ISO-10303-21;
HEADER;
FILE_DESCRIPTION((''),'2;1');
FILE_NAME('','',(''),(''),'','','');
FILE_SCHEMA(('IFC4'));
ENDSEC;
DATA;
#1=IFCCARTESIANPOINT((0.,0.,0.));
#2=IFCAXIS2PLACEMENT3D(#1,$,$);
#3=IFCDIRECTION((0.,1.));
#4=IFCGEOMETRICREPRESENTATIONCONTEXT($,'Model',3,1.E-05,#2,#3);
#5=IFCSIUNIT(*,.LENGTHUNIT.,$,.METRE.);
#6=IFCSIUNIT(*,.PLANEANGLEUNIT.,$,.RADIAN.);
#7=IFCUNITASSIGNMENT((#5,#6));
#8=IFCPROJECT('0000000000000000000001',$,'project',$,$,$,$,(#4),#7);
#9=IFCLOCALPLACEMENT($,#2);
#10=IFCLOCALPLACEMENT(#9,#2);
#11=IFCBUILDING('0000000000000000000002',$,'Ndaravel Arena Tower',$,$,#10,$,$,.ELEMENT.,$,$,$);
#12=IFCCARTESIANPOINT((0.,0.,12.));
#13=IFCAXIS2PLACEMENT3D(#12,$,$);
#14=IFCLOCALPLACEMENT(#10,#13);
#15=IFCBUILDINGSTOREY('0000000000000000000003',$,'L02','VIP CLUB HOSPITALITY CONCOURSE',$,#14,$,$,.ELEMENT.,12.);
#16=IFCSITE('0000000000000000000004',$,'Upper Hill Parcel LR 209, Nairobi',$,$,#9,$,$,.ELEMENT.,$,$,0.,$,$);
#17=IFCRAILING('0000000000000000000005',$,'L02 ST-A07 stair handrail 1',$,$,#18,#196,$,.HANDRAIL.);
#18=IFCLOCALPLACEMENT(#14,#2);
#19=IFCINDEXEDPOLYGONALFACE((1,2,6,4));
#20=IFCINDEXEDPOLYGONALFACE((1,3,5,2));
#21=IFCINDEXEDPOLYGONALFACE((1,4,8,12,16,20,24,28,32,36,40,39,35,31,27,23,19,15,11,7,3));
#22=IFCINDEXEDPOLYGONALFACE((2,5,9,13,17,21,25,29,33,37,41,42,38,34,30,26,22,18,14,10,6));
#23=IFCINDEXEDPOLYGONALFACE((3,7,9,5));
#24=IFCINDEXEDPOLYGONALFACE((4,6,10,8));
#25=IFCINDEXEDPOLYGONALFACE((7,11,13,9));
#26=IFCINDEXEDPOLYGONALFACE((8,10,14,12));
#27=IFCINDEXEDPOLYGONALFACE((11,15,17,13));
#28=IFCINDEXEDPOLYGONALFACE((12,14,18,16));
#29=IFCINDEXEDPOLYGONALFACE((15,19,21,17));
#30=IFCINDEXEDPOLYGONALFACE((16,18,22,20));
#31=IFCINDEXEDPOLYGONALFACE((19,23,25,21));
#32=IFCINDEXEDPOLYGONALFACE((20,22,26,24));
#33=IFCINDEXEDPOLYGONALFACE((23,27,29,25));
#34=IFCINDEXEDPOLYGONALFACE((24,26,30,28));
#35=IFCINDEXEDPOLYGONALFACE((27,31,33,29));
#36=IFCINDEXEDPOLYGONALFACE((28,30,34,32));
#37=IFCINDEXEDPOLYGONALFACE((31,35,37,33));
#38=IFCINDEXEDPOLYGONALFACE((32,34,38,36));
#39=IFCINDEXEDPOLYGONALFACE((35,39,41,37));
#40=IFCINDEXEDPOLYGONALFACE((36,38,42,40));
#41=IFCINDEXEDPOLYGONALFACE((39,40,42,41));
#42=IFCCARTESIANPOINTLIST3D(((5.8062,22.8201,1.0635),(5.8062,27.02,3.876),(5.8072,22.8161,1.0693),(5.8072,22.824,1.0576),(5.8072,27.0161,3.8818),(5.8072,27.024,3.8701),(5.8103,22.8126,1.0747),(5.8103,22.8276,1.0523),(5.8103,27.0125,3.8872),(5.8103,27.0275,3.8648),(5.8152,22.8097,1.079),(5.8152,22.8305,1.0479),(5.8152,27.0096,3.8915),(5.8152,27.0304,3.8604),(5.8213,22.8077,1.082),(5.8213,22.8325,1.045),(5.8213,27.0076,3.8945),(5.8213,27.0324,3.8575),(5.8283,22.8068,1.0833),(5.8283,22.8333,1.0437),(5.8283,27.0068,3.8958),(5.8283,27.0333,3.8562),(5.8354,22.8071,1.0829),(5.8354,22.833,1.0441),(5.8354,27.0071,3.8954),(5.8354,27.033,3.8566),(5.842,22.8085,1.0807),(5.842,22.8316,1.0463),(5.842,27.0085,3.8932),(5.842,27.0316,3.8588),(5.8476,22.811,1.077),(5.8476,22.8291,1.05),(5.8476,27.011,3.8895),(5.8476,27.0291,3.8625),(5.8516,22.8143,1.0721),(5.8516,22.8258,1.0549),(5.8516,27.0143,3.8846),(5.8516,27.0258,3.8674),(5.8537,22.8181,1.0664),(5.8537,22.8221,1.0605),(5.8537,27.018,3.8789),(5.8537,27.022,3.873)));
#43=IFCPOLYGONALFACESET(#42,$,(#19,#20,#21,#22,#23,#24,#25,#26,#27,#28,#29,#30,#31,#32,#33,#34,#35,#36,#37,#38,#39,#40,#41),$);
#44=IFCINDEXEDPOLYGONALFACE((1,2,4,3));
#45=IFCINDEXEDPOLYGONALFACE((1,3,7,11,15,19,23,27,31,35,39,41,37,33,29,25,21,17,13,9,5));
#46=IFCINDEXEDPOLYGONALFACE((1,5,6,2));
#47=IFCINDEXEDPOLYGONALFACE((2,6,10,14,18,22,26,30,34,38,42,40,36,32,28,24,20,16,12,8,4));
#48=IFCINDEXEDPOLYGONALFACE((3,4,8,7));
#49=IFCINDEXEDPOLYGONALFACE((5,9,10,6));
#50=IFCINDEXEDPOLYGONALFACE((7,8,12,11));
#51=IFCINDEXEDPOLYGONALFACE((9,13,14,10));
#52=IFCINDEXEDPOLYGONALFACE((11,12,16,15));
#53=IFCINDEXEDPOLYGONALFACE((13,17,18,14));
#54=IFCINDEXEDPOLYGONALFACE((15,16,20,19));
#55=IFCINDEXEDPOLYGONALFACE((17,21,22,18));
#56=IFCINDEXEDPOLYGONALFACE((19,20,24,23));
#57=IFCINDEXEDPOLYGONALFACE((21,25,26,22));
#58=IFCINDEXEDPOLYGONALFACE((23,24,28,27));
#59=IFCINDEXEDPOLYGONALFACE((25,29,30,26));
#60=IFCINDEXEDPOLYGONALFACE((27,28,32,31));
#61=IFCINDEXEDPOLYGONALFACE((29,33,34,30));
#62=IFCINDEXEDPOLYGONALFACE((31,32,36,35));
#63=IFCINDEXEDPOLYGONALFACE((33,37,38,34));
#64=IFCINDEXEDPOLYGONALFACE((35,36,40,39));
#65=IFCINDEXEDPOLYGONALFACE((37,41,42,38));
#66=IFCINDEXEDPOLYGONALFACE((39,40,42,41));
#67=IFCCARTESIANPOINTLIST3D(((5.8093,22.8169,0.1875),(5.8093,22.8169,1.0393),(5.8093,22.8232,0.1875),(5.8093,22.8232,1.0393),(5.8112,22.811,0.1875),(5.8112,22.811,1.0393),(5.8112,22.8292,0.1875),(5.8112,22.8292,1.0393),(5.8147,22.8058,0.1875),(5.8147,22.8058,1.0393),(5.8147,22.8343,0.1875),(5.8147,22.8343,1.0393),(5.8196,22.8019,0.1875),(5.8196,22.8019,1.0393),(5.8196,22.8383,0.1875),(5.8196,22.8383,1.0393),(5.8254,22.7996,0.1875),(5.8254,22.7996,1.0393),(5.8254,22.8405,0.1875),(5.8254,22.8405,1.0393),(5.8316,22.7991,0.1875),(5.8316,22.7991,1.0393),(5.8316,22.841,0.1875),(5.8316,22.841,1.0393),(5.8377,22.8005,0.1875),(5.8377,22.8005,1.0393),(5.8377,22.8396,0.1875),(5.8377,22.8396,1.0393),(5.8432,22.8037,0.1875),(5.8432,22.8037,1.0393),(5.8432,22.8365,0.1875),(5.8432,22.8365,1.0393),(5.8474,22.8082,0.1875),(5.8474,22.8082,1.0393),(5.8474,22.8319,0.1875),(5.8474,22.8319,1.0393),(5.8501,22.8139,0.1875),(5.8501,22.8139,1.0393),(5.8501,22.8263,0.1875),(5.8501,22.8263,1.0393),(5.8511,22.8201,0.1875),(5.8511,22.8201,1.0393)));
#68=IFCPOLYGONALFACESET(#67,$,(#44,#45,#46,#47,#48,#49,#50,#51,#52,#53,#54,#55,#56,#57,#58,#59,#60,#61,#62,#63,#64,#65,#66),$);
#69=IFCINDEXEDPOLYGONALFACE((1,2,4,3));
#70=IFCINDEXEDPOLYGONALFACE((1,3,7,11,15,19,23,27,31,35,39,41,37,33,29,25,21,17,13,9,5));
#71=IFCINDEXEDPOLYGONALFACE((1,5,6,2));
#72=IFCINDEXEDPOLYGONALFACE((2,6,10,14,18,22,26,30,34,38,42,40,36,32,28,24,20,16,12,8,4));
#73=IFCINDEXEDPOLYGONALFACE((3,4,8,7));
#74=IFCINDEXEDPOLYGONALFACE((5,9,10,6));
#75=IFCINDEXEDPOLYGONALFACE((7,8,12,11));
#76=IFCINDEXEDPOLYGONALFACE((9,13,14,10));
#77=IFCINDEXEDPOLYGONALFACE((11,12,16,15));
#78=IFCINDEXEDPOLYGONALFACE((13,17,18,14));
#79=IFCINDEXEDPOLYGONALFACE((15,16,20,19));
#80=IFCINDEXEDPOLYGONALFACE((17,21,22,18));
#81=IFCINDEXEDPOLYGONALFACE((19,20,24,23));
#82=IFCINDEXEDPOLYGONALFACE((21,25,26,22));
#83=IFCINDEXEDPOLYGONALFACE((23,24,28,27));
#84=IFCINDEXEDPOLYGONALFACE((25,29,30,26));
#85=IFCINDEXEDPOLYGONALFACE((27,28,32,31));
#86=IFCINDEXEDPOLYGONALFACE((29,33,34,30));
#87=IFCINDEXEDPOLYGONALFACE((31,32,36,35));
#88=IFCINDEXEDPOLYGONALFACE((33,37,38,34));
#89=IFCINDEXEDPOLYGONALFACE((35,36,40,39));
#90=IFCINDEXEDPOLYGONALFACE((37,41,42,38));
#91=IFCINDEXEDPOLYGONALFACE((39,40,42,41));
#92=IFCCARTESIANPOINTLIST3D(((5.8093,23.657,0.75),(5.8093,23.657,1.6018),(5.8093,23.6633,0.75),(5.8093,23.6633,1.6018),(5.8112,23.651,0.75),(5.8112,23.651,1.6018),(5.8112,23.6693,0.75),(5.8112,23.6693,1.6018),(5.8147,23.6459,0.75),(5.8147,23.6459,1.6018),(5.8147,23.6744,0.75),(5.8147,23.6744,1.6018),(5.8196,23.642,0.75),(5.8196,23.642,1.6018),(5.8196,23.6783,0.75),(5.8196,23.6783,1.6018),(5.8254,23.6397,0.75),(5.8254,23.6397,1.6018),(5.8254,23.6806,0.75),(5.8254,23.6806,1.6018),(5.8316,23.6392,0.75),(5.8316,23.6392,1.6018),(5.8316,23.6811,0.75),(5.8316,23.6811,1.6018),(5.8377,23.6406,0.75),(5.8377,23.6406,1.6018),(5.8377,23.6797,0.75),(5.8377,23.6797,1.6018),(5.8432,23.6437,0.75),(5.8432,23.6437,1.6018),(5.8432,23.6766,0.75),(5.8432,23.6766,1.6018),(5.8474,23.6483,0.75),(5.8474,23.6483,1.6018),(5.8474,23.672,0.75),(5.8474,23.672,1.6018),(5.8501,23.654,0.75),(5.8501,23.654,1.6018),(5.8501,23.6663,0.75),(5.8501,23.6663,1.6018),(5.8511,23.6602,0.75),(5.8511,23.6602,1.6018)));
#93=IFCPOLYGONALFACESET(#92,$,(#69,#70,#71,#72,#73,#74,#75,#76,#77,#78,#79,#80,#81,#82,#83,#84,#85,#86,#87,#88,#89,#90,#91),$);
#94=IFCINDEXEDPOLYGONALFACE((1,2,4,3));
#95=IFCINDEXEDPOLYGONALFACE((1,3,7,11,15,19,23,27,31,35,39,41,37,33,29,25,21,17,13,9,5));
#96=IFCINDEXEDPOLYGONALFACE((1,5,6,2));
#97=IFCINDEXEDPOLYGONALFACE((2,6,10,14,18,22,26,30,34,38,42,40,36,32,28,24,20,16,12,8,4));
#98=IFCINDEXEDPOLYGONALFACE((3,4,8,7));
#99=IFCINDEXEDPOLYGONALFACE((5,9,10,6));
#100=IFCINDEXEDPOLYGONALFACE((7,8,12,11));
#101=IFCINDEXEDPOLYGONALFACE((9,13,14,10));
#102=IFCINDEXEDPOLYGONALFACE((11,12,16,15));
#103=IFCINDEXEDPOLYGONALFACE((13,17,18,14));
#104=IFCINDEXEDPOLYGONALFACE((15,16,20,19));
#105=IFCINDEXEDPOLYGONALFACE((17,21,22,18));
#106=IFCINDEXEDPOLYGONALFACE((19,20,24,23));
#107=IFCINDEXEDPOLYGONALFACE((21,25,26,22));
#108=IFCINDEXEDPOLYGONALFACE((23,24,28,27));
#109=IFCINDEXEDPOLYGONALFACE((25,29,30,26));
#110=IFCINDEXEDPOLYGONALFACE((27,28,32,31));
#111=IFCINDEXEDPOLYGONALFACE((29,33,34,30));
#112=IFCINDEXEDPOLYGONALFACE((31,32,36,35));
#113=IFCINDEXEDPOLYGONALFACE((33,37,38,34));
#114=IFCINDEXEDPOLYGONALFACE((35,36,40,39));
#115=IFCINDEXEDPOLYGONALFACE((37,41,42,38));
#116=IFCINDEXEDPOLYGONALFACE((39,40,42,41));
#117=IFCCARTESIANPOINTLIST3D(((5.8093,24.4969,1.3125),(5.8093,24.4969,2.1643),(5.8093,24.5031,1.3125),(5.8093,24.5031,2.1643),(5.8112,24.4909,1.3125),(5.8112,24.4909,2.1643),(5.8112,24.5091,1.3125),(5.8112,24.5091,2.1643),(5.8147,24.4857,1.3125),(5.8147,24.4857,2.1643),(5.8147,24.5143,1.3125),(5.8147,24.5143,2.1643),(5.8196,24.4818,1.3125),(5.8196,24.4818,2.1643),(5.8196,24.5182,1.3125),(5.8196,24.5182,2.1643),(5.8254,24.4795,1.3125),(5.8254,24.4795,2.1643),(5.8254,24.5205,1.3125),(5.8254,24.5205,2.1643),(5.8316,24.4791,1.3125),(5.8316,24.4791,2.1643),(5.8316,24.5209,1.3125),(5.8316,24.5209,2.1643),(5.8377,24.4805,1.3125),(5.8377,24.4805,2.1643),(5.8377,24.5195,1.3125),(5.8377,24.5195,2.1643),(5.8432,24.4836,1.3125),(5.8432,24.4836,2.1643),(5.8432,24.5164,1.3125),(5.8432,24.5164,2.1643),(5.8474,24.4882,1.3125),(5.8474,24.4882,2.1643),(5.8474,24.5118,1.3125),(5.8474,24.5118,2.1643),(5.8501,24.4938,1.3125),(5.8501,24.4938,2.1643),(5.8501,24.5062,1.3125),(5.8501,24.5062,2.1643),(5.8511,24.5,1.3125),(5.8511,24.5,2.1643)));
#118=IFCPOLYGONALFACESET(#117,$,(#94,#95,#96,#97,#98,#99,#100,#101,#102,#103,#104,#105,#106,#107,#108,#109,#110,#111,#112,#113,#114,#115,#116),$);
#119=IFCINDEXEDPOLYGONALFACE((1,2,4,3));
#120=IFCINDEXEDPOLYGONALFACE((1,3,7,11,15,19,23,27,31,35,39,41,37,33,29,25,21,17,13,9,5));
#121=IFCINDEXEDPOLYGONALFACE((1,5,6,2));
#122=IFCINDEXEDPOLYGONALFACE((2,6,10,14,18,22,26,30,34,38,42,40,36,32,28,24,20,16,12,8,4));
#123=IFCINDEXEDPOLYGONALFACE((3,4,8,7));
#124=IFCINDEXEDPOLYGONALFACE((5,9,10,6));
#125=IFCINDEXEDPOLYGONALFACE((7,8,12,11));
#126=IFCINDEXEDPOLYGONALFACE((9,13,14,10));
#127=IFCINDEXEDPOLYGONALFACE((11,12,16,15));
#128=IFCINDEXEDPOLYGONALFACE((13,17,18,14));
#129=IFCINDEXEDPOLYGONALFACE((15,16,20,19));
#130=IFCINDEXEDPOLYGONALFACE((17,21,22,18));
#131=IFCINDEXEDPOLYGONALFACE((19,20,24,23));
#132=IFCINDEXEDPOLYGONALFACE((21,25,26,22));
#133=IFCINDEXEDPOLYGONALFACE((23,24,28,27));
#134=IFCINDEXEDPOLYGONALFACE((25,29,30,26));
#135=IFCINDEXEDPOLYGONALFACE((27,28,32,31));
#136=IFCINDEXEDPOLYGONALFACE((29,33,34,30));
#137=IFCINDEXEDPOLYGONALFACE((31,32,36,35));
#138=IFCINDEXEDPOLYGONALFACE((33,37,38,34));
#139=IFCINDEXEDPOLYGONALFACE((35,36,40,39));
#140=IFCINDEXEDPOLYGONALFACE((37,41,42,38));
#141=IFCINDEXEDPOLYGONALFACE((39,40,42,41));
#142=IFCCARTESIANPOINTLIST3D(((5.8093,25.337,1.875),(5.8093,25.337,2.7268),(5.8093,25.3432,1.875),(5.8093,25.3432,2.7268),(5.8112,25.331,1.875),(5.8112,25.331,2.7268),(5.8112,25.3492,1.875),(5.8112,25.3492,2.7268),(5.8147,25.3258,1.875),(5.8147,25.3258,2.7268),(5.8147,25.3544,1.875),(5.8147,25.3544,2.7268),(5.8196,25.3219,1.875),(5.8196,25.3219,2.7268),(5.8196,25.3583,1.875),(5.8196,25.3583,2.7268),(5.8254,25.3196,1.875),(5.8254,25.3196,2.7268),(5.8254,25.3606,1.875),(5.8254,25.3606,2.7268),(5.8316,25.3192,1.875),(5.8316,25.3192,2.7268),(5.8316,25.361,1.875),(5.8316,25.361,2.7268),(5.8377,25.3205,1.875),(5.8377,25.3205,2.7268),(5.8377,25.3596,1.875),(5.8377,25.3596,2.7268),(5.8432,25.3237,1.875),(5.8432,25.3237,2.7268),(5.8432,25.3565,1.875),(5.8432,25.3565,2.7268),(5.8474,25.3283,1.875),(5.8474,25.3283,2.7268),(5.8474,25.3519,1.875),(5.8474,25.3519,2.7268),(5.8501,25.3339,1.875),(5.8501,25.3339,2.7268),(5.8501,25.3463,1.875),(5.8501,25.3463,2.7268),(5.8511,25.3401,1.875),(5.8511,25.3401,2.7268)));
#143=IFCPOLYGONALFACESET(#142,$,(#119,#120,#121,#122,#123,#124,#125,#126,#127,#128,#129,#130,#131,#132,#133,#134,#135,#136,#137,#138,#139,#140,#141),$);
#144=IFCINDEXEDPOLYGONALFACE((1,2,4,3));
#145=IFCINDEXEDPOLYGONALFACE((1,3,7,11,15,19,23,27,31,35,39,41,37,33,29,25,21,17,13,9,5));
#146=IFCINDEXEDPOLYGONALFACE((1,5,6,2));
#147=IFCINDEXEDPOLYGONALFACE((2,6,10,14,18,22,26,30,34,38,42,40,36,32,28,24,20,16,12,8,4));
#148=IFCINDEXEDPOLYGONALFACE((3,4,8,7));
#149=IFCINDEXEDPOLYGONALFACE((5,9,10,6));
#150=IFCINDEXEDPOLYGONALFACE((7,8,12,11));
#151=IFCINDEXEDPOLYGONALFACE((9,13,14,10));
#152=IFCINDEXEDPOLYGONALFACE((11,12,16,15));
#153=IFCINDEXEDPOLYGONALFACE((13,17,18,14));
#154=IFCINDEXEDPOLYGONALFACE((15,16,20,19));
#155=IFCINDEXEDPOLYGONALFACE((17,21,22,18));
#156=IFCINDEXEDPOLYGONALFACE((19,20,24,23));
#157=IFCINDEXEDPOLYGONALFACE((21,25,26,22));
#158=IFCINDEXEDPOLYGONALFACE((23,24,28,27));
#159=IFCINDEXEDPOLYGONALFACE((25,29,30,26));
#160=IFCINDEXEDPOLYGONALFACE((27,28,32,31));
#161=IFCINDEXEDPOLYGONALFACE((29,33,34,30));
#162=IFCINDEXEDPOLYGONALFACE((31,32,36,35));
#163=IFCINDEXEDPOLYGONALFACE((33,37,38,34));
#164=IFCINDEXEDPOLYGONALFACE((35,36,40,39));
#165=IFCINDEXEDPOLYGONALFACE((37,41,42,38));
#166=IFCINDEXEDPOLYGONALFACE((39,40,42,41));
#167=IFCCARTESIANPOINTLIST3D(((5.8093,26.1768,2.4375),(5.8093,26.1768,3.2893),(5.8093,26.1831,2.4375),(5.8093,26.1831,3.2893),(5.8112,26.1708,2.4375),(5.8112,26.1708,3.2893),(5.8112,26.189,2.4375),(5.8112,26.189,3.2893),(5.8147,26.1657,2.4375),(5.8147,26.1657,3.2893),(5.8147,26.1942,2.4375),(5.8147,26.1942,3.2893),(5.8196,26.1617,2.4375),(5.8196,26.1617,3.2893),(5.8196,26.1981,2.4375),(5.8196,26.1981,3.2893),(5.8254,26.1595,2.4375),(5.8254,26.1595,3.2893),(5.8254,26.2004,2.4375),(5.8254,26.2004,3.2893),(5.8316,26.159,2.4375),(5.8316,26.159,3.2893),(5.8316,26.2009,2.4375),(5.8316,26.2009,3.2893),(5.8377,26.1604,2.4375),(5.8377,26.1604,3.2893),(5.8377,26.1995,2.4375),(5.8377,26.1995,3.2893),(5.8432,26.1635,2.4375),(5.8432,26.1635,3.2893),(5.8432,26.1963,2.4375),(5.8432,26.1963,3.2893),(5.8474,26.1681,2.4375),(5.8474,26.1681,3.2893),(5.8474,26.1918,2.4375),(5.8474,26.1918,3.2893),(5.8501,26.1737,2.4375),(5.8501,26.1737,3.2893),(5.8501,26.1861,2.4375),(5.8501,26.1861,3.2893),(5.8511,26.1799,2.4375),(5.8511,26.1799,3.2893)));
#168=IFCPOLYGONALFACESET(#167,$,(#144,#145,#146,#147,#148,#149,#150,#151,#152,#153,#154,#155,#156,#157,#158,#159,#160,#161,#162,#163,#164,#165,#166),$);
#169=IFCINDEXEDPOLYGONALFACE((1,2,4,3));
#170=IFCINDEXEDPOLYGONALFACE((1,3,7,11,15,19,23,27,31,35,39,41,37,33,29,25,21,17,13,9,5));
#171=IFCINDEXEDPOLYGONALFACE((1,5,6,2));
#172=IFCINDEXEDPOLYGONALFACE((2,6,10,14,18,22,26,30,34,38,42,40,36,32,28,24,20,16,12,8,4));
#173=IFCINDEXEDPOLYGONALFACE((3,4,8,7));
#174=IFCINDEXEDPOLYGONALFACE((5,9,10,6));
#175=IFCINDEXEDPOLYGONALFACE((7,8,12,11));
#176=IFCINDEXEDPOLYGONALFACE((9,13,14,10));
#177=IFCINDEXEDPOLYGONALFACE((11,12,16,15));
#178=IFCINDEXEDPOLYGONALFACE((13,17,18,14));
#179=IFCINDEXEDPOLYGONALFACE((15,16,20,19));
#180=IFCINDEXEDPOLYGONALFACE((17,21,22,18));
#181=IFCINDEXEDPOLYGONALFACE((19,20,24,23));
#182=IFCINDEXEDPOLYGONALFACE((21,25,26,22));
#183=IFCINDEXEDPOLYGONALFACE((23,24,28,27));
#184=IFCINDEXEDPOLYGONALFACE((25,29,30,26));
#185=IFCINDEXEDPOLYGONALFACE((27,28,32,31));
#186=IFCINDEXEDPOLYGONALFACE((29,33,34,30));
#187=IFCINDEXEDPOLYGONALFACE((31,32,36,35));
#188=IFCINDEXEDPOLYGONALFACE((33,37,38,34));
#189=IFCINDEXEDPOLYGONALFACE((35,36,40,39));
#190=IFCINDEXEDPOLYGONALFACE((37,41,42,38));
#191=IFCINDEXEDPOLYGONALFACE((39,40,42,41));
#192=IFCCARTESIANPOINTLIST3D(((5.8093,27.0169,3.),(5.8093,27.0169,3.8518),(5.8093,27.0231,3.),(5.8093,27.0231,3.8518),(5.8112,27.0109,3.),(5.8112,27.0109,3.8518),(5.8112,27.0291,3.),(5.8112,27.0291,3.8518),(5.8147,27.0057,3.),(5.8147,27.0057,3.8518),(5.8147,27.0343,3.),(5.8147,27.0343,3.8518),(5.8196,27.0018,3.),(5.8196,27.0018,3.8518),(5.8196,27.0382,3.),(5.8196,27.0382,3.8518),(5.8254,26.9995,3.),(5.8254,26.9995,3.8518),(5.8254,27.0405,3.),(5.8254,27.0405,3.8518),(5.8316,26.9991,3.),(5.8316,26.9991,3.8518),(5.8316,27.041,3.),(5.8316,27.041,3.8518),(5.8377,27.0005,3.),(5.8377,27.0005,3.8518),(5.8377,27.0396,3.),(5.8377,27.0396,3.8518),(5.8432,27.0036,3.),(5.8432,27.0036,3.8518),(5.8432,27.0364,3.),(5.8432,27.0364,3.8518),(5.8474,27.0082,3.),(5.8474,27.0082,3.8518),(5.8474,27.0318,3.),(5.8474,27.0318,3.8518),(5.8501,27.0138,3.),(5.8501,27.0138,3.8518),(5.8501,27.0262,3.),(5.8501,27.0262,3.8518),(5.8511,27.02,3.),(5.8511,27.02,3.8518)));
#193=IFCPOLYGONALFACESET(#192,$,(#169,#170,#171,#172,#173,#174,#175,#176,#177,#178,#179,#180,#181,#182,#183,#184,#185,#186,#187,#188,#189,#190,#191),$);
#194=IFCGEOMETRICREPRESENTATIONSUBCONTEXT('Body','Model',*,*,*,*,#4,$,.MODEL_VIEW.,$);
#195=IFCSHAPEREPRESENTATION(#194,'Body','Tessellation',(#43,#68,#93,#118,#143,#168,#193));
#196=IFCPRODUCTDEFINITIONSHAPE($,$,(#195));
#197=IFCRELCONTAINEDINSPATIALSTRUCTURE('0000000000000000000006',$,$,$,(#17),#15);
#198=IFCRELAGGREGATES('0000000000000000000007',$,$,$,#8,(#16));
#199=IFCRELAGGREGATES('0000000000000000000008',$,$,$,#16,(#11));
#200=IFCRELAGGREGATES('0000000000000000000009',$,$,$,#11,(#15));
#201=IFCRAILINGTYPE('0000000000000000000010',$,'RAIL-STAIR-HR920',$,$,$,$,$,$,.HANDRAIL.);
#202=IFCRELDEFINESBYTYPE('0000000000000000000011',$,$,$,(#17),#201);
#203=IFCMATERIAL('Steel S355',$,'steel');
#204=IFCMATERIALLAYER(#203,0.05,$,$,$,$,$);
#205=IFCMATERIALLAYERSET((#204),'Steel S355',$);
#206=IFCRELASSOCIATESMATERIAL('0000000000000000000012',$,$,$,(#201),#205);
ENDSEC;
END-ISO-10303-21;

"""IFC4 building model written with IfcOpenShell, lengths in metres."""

from ifc_helpers import new_model, si_unit, direction, frame, origin, origin_2d, place, context, subcontext, project, spatial, circle, extrude, material, layer, layer_set, type_object, element, save


model = new_model("IFC4")

# Units and contexts
model_context = context("Model", 3, precision=1e-05, world=origin(), true_north=direction((0.0, 1.0)))
body_context = subcontext(model_context, "Body", "Model", "MODEL_VIEW")
ifc_project = project(units=[si_unit("LENGTHUNIT", "METRE"), si_unit("PLANEANGLEUNIT", "RADIAN")], contexts=[model_context])

# Site, building, storey
site_placement = place(None, origin())
site = spatial("IfcSite", under=ifc_project, at=site_placement, Name="Upper Hill Parcel LR 209, Nairobi", CompositionType="ELEMENT", RefElevation=0.0)
building_placement = place(site_placement, origin())
building = spatial("IfcBuilding", under=site, at=building_placement, Name="Ndaravel Arena Tower", CompositionType="ELEMENT")
storey_placement = place(building_placement, frame((0.0, 0.0, 12.0)))
storey = spatial("IfcBuildingStorey", under=building, at=storey_placement, Name="L02", Description="VIP CLUB HOSPITALITY CONCOURSE", CompositionType="ELEMENT", Elevation=12.0)

# Railing
ifc_material_1 = material(Name="Steel S355", Category="steel")
ifc_layer_1 = layer(ifc_material_1, 0.05)
ifc_layer_set_1 = layer_set([ifc_layer_1], Name="Steel S355")
railing_type_1 = type_object("IfcRailingType", Name="RAIL-STAIR-HR920", PredefinedType="HANDRAIL", material=ifc_layer_set_1)
railing_1_placement = place(storey_placement, frame((5.8301, 22.8201, 0.1875)))
element("IfcRailing", 1, at=railing_1_placement, inside=storey, type_object=railing_type_1, Name="L02 ST-A07 stair handrail 1", PredefinedType="HANDRAIL", context=body_context, shape_type="SweptSolid", body=[
    extrude(circle(Radius=0.0239, at=origin_2d()), frame((0.0, 0.0, 0.876), z_axis=(0.0, 0.830904, 0.556416), x_axis=(-1.0, 0.0, 0.0)), (0.0, 0.0, 1.0), 5.0547),
    extrude(circle(Radius=0.021, at=origin_2d()), origin(), (0.0, 0.0, 1.0), 0.8518),
    extrude(circle(Radius=0.021, at=origin_2d()), frame((0.0, 0.8401, 0.5625)), (0.0, 0.0, 1.0), 0.8518),
    extrude(circle(Radius=0.021, at=origin_2d()), frame((0.0, 1.6799, 1.125)), (0.0, 0.0, 1.0), 0.8518),
    extrude(circle(Radius=0.021, at=origin_2d()), frame((0.0, 2.52, 1.6875)), (0.0, 0.0, 1.0), 0.8518),
    extrude(circle(Radius=0.021, at=origin_2d()), frame((0.0, 3.3599, 2.25)), (0.0, 0.0, 1.0), 0.8518),
    extrude(circle(Radius=0.021, at=origin_2d()), frame((0.0, 4.2, 2.8125)), (0.0, 0.0, 1.0), 0.8518),
])

save(model, "model.ifc")
